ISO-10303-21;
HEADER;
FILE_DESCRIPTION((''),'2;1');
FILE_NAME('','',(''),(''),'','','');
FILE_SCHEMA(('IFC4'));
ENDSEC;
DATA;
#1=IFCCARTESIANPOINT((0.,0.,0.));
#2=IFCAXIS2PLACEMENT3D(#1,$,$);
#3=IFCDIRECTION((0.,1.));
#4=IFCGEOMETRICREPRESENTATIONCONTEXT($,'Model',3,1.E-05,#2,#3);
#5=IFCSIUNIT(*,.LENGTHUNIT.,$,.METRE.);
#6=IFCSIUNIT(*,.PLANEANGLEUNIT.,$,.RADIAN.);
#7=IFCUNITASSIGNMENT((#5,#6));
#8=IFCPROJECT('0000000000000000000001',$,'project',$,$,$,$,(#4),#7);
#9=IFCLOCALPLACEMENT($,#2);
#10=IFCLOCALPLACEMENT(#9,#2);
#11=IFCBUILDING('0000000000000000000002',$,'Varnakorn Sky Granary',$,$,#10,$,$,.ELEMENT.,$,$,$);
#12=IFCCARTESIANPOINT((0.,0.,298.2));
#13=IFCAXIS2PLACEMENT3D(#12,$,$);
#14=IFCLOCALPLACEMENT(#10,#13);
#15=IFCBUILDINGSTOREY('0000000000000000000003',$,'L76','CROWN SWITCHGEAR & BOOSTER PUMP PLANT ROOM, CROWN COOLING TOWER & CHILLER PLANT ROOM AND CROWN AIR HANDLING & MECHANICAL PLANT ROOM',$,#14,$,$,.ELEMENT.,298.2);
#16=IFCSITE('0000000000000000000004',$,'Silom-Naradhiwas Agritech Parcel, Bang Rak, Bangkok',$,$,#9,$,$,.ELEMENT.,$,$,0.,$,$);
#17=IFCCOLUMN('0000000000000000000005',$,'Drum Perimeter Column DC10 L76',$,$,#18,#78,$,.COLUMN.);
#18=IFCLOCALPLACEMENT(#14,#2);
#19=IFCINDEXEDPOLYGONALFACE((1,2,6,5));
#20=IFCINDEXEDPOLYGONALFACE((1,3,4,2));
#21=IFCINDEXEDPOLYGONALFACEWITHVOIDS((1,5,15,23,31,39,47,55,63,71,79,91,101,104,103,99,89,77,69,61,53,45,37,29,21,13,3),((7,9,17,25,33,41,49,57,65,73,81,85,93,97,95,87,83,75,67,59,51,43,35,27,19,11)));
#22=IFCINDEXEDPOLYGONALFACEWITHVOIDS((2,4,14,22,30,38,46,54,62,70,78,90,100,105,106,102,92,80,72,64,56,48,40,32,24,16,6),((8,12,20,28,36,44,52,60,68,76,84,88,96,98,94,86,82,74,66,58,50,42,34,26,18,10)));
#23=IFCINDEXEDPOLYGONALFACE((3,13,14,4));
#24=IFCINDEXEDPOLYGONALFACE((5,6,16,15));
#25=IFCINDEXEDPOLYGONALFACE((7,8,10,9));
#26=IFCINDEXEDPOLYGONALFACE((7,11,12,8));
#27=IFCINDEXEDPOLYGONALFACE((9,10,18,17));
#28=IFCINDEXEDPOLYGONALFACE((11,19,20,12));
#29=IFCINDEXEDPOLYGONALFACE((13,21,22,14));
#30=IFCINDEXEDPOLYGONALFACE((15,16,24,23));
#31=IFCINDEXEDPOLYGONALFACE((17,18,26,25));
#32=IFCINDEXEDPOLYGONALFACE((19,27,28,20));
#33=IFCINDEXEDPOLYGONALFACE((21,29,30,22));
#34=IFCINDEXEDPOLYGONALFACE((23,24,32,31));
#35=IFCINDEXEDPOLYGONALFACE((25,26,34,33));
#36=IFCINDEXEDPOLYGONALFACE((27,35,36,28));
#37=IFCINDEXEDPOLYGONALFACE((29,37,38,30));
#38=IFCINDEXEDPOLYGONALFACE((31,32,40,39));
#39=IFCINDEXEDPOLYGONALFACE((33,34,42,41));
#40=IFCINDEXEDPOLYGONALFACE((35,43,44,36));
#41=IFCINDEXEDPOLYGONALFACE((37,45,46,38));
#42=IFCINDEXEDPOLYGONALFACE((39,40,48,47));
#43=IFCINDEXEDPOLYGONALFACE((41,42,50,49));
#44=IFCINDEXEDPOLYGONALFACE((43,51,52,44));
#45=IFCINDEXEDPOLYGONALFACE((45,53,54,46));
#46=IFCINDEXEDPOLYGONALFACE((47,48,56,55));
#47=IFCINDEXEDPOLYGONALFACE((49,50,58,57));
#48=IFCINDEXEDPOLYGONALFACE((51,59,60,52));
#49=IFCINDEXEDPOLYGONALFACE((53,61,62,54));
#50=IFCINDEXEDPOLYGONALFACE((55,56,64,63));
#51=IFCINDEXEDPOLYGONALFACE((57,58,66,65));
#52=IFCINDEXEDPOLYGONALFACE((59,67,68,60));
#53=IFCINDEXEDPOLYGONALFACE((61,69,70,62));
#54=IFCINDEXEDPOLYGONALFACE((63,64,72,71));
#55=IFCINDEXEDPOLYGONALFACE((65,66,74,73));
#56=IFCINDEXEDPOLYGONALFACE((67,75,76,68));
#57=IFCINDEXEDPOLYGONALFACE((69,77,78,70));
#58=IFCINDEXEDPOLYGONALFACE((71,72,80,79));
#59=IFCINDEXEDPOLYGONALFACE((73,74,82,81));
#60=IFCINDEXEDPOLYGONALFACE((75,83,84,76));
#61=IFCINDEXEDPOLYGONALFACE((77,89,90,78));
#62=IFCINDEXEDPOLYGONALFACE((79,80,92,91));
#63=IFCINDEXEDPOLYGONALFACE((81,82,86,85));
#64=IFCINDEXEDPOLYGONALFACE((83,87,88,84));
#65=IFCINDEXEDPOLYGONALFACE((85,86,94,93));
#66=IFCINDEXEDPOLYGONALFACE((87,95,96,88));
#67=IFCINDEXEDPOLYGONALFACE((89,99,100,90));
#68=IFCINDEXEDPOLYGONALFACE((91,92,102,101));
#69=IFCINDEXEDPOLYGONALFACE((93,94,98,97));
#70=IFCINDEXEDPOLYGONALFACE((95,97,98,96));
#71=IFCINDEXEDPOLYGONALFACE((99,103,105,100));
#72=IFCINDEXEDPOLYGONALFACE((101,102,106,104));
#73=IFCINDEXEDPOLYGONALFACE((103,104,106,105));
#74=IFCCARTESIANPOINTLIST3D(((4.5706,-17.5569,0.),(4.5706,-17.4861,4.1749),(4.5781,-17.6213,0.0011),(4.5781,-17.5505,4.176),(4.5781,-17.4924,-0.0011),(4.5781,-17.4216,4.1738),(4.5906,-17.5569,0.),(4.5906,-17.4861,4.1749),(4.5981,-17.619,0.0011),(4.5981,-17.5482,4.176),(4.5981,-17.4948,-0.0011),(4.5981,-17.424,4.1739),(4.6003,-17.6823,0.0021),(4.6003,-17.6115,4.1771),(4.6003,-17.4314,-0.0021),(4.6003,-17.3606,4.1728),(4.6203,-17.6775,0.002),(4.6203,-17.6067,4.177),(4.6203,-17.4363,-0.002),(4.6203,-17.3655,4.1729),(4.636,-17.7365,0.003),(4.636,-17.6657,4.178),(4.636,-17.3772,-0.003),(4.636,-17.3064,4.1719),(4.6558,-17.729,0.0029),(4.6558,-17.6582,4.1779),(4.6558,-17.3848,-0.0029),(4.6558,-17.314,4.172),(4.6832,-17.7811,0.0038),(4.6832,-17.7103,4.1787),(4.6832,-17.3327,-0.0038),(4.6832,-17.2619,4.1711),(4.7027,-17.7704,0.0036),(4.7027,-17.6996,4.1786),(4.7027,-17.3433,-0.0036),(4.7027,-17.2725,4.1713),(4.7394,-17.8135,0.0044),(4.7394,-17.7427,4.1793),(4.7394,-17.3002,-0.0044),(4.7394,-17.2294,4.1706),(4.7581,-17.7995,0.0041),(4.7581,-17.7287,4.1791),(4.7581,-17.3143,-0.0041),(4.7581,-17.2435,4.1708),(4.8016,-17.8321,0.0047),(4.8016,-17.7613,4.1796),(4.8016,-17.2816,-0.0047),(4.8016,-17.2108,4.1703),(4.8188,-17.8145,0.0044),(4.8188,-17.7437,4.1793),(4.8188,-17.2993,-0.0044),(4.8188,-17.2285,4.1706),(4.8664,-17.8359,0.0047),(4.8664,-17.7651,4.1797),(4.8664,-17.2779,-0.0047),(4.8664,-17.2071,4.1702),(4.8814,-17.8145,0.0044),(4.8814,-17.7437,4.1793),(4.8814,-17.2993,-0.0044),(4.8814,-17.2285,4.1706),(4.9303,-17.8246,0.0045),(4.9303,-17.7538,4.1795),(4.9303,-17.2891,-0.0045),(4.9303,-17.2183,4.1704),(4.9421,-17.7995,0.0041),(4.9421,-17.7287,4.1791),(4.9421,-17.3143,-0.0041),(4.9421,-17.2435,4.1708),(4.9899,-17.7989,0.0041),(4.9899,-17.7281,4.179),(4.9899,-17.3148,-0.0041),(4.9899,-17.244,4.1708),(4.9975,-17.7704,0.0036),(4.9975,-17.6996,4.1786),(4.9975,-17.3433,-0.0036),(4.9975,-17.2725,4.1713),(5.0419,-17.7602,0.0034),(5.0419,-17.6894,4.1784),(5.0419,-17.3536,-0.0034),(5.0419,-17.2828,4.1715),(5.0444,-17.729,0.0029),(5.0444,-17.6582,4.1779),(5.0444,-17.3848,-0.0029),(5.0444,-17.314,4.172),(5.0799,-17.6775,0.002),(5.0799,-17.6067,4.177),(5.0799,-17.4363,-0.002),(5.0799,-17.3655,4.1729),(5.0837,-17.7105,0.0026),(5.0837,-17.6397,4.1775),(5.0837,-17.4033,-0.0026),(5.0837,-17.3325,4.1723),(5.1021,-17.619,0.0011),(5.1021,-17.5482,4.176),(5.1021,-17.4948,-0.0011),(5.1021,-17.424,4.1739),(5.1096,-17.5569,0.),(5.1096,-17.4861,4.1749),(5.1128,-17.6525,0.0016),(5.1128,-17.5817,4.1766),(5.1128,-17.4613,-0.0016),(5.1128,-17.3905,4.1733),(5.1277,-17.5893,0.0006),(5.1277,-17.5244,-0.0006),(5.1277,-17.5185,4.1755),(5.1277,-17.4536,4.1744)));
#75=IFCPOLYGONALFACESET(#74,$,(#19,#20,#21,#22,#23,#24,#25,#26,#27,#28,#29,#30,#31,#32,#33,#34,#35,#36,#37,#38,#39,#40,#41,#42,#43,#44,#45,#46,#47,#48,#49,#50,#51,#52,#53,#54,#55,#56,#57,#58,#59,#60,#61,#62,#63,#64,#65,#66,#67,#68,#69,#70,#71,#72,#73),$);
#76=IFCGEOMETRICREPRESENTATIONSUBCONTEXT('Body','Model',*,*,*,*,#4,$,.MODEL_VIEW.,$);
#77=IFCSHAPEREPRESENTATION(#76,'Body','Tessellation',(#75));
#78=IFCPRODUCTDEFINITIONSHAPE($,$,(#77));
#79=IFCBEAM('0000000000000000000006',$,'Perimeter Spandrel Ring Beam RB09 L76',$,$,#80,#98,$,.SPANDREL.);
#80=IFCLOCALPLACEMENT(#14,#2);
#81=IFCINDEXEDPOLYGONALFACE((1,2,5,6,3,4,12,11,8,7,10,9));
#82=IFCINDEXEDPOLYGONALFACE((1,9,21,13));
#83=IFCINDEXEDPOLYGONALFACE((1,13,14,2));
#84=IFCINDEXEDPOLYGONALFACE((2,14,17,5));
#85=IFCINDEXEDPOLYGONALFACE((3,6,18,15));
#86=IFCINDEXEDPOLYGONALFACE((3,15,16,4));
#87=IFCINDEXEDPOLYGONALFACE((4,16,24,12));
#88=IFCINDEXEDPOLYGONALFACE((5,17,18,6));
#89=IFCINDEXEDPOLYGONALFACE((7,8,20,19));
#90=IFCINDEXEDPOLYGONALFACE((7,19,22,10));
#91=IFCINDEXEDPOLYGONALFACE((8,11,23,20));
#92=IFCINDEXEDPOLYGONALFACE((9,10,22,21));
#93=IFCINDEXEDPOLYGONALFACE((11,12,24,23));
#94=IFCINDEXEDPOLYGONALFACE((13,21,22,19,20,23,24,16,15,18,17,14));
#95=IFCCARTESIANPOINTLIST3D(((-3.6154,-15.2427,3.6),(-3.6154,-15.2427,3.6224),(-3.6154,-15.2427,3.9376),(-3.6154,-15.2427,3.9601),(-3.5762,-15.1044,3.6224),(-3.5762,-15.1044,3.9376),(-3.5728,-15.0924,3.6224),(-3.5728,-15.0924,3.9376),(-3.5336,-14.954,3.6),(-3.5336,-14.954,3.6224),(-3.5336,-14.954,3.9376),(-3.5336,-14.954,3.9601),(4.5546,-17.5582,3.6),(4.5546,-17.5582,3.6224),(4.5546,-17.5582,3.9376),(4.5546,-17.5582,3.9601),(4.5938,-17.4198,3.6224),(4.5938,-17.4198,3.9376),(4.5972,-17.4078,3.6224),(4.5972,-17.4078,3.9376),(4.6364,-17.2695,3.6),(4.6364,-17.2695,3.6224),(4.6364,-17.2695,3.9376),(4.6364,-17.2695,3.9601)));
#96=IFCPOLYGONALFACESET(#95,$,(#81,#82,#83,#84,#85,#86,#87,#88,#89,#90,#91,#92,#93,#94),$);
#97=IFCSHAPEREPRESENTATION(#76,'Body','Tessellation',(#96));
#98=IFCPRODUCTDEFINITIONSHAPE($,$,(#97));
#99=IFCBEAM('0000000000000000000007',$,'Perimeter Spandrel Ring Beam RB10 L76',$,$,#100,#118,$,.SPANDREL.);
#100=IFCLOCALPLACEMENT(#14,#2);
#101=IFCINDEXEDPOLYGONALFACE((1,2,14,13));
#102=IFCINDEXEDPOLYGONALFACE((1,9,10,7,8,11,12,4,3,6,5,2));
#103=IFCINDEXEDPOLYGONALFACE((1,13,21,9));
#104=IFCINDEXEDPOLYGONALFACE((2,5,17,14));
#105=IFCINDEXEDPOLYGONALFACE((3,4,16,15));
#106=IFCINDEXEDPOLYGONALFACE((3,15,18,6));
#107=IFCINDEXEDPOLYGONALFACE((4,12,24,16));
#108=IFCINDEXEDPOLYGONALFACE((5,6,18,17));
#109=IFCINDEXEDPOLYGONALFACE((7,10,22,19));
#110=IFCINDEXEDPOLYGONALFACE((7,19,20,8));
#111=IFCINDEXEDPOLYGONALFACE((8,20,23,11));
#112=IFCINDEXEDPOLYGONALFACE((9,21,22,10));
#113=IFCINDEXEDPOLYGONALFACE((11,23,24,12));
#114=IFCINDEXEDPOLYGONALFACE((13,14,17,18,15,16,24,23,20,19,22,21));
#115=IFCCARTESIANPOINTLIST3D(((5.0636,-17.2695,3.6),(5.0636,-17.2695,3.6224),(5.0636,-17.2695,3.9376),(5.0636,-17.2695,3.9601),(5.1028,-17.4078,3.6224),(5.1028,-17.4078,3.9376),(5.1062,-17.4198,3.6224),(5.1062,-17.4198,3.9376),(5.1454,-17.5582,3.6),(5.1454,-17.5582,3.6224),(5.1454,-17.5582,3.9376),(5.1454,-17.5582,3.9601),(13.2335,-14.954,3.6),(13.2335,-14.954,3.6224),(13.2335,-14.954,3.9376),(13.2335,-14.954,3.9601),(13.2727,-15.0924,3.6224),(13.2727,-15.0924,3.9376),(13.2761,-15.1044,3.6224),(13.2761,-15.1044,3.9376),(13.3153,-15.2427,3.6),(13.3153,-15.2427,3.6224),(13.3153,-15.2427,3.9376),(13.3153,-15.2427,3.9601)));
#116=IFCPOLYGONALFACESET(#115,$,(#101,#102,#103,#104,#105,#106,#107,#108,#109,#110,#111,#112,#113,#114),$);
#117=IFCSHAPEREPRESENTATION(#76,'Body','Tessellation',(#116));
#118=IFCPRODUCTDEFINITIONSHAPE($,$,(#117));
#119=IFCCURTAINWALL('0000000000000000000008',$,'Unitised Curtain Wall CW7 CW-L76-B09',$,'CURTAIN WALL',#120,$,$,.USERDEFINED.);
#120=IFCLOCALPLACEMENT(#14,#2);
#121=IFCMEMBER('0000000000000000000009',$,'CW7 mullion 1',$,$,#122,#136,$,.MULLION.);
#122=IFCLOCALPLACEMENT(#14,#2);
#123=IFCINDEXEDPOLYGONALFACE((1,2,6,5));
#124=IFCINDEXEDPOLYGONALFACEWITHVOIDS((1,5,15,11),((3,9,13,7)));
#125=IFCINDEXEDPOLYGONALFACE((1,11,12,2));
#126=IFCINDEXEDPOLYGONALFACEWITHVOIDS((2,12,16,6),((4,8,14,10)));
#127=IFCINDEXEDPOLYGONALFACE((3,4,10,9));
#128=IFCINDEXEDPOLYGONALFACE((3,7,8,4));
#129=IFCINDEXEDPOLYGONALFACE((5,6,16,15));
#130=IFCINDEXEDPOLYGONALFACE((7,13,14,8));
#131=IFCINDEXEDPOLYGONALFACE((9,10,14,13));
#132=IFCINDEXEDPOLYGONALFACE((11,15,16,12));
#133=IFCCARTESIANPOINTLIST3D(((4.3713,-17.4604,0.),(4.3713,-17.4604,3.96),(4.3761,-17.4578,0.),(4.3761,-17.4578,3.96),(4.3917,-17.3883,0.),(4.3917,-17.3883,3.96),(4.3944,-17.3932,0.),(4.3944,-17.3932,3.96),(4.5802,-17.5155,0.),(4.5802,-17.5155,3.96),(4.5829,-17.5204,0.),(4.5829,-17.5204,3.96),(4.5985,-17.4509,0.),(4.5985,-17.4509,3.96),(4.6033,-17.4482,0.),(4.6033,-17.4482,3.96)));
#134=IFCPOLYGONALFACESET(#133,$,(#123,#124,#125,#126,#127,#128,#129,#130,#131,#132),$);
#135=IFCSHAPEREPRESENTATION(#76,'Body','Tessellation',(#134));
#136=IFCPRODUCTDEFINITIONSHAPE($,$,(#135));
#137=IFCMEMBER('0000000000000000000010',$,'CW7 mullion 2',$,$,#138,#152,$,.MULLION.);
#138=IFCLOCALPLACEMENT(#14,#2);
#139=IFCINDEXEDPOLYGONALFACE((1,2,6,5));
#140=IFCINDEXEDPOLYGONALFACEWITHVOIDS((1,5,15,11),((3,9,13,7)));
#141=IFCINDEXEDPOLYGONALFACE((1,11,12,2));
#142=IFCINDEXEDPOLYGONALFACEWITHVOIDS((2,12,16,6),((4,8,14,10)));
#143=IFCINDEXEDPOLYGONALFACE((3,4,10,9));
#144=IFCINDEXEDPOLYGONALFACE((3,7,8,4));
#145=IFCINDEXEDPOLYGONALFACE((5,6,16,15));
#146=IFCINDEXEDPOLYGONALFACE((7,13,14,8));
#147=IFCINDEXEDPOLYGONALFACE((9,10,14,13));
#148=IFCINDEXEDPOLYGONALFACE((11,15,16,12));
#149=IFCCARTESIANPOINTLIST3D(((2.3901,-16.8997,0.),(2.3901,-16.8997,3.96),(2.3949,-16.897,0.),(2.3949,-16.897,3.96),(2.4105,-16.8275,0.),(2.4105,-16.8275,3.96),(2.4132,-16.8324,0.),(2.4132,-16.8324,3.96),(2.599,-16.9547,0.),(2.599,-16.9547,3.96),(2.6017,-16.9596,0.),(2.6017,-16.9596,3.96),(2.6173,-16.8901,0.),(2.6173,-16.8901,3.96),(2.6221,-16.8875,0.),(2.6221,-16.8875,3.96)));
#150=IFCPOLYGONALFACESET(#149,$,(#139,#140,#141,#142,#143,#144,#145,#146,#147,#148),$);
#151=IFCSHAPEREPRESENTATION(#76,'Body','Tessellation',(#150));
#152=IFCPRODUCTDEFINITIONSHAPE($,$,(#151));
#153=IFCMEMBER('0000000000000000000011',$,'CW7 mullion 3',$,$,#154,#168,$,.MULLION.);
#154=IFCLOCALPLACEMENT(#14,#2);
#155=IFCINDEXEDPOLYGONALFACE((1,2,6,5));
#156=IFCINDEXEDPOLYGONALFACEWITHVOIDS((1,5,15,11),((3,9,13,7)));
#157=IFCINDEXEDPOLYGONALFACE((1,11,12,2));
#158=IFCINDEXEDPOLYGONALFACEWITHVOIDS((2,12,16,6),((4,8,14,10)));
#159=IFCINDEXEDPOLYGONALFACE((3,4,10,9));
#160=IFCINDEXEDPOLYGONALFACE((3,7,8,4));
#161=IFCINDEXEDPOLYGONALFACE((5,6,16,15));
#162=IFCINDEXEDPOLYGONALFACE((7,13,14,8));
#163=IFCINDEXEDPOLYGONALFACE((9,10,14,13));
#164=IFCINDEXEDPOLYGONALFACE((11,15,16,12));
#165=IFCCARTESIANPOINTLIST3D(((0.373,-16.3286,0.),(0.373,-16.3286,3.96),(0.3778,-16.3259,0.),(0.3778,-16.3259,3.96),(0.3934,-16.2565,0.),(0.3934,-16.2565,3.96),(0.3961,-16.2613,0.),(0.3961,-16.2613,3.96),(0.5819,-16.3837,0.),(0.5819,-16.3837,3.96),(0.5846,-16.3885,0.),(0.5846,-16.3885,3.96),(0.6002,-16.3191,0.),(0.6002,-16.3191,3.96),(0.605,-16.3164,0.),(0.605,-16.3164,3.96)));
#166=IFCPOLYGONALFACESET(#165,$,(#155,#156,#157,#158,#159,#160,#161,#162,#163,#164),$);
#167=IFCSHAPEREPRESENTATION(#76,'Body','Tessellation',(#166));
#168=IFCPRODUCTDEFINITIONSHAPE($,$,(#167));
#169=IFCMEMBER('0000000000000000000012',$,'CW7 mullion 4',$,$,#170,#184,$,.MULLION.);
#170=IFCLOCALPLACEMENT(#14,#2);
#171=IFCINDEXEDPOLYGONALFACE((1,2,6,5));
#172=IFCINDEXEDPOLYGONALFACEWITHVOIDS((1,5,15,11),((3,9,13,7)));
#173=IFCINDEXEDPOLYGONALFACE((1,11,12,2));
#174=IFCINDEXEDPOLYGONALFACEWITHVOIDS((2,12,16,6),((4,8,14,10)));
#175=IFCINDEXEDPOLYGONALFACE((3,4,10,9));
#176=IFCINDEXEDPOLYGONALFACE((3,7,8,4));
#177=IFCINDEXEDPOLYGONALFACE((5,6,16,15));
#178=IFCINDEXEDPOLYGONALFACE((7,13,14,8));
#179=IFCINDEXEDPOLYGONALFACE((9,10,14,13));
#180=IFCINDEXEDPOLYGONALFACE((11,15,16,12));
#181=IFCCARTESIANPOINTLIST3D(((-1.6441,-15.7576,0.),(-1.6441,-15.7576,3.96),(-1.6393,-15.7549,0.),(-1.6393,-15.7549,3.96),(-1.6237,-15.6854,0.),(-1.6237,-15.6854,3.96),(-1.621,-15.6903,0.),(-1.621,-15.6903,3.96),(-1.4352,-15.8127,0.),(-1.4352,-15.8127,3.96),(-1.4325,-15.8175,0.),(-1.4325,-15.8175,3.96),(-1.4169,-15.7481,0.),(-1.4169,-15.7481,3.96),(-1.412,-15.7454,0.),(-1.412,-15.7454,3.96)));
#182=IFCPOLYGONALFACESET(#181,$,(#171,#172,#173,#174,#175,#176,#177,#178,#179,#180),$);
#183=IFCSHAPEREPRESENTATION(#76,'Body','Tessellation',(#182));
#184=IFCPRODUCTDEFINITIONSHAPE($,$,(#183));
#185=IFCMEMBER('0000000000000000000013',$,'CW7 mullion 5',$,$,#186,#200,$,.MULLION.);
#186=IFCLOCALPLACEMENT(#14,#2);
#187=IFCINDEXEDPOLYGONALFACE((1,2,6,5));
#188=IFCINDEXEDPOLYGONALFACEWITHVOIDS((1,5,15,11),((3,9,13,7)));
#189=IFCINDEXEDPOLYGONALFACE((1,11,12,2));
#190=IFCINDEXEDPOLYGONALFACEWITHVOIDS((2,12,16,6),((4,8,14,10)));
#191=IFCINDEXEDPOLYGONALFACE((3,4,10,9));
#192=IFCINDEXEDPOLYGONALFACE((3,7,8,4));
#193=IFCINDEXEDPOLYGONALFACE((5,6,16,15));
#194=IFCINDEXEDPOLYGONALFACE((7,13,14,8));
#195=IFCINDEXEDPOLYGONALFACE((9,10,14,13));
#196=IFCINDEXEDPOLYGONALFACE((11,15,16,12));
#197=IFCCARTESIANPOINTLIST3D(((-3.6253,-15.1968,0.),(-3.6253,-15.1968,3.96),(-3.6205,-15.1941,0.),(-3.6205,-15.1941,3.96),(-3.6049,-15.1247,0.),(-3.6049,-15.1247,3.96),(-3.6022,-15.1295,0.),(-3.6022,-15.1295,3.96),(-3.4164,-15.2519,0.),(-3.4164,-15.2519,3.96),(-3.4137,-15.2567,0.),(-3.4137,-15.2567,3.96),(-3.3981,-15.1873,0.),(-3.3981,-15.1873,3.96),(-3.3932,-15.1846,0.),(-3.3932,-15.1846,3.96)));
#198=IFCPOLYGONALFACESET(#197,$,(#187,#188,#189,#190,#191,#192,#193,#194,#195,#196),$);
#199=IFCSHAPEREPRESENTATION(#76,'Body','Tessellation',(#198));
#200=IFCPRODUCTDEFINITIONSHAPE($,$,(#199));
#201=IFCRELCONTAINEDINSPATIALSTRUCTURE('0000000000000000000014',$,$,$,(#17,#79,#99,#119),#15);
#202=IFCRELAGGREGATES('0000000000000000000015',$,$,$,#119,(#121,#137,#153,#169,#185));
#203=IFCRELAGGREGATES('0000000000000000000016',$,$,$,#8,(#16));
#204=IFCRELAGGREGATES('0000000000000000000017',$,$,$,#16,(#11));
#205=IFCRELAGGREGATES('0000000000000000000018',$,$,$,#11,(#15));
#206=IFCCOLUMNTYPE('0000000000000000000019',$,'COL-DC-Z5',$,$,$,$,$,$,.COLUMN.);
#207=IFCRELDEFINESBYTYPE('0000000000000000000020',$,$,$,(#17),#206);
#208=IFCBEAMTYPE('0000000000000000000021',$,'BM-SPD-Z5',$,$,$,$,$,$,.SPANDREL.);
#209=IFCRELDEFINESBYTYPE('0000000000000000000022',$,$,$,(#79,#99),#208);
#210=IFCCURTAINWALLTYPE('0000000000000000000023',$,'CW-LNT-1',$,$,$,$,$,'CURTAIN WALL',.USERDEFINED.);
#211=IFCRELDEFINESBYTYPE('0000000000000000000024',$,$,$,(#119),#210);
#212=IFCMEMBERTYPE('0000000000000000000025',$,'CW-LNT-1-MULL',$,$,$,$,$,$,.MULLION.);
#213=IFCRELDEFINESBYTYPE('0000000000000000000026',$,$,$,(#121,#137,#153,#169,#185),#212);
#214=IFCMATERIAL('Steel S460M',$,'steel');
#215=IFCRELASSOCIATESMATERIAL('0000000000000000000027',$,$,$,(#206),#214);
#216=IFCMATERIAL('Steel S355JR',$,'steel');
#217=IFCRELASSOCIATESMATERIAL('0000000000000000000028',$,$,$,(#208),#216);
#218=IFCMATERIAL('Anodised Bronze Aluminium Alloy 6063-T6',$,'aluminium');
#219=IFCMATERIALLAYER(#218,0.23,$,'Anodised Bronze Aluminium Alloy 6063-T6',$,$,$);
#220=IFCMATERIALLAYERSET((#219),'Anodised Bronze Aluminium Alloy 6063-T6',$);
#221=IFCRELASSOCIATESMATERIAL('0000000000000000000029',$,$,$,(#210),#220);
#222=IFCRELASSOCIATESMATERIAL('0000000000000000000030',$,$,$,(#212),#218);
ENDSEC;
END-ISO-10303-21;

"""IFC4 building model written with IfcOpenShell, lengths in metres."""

from ifc_helpers import new_model, si_unit, direction, frame, origin, origin_2d, place, context, subcontext, project, spatial, hollow_rectangle, hollow_circle, i_section, extrude, material, layer, layer_set, material_profile, profile_set, type_object, element, aggregate, save


model = new_model("IFC4")

# Units and contexts
model_context = context("Model", 3, precision=1e-05, world=origin(), true_north=direction((0.0, 1.0)))
body_context = subcontext(model_context, "Body", "Model", "MODEL_VIEW")
ifc_project = project(units=[si_unit("LENGTHUNIT", "METRE"), si_unit("PLANEANGLEUNIT", "RADIAN")], contexts=[model_context])

# Site, building, storey
site_placement = place(None, origin())
site = spatial("IfcSite", under=ifc_project, at=site_placement, Name="Silom-Naradhiwas Agritech Parcel, Bang Rak, Bangkok", CompositionType="ELEMENT", RefElevation=0.0)
building_placement = place(site_placement, origin())
building = spatial("IfcBuilding", under=site, at=building_placement, Name="Varnakorn Sky Granary", CompositionType="ELEMENT")
storey_placement = place(building_placement, frame((0.0, 0.0, 298.2)))
storey = spatial("IfcBuildingStorey", under=building, at=storey_placement, Name="L76", Description="CROWN SWITCHGEAR & BOOSTER PUMP PLANT ROOM, CROWN COOLING TOWER & CHILLER PLANT ROOM AND CROWN AIR HANDLING & MECHANICAL PLANT ROOM", CompositionType="ELEMENT", Elevation=298.2)

# Column
ifc_material_1 = material(Name="Steel S460M", Category="steel")
ifc_material_profile_1 = material_profile(ifc_material_1, hollow_circle(Radius=0.2795, WallThickness=0.02, at=origin_2d()), Name="CHS 559x20")
ifc_profile_set_1 = profile_set([ifc_material_profile_1], Name="Steel S460M")
column_type = type_object("IfcColumnType", Name="COL-DC-Z5", PredefinedType="COLUMN", material=ifc_profile_set_1)
column_placement = place(storey_placement, frame((4.8501, -17.5569, 0.0), z_axis=(0.0, 0.016956, 0.999856), x_axis=(-1.0, 0.0, 0.0)))
element("IfcColumn", 1, at=column_placement, inside=storey, type_object=column_type, Name="Drum Perimeter Column DC10 L76", PredefinedType="COLUMN", context=body_context, shape_type="SweptSolid", body=[
    extrude(hollow_circle(Radius=0.2795, WallThickness=0.02, at=origin_2d()), origin(), (0.0, 0.0, 1.0), 4.1755),
])

# Beams
ifc_material_2 = material(Name="Steel S355JR", Category="steel")
ifc_material_profile_2 = material_profile(ifc_material_2, i_section(OverallWidth=0.3, OverallDepth=0.3601, WebThickness=0.0125, FlangeThickness=0.0225, at=origin_2d()), Name="HE 360 B")
ifc_profile_set_2 = profile_set([ifc_material_profile_2], Name="Steel S355JR")
beam_type = type_object("IfcBeamType", Name="BM-SPD-Z5", PredefinedType="SPANDREL", material=ifc_profile_set_2)
for number, where, z_axis, x_axis, name in (
    (2, (-3.5745, -15.0984, 3.78), (0.962108, -0.27267, 0.0), (0.27267, 0.962108, 0.0), "Perimeter Spandrel Ring Beam RB09 L76"),
    (3, (5.1045, -17.4138, 3.78), (0.962108, 0.27267, 0.0), (-0.27267, 0.962108, 0.0), "Perimeter Spandrel Ring Beam RB10 L76"),
):
    element("IfcBeam", number, at=place(storey_placement, frame(where, z_axis=z_axis, x_axis=x_axis)), inside=storey, type_object=beam_type, Name=name, PredefinedType="SPANDREL", context=body_context, shape_type="SweptSolid", body=[
        extrude(i_section(OverallWidth=0.3, OverallDepth=0.3601, WebThickness=0.0125, FlangeThickness=0.0225, at=origin_2d()), origin(), (0.0, 0.0, 1.0), 8.4917),
    ])

# Curtain wall, members
ifc_material_3 = material(Name="Anodised Bronze Aluminium Alloy 6063-T6", Category="aluminium")
ifc_layer_1 = layer(ifc_material_3, 0.23, Name="Anodised Bronze Aluminium Alloy 6063-T6")
ifc_layer_set_1 = layer_set([ifc_layer_1], Name="Anodised Bronze Aluminium Alloy 6063-T6")
curtain_wall_type = type_object("IfcCurtainWallType", Name="CW-LNT-1", ElementType="CURTAIN WALL", PredefinedType="USERDEFINED", material=ifc_layer_set_1)
curtain_wall_1_placement = place(storey_placement, origin())
curtain_wall_1 = element("IfcCurtainWall", 4, at=curtain_wall_1_placement, inside=storey, type_object=curtain_wall_type, Name="Unitised Curtain Wall CW7 CW-L76-B09", ObjectType="CURTAIN WALL", PredefinedType="USERDEFINED")
ifc_material_profile_3 = material_profile(ifc_material_3, hollow_rectangle(XDim=0.075, YDim=0.22, WallThickness=0.0039, at=origin_2d()), Name="ALU MULL 75x220")
ifc_profile_set_3 = profile_set([ifc_material_profile_3], Name="Anodised Bronze Aluminium Alloy 6063-T6")
member_type_1 = type_object("IfcMemberType", Name="CW-LNT-1-MULL", PredefinedType="MULLION", material=ifc_profile_set_3)
member_1_placement = place(storey_placement, frame((4.4873, -17.4543, 0.0), z_axis=(0.0, 0.0, 1.0), x_axis=(-0.272381, -0.962189, 0.0)))
member_1 = element("IfcMember", 5, at=member_1_placement, type_object=member_type_1, Name="CW7 mullion 1", PredefinedType="MULLION", context=body_context, shape_type="SweptSolid", body=[
    extrude(hollow_rectangle(XDim=0.075, YDim=0.22, WallThickness=0.0039, at=origin_2d()), origin(), (0.0, 0.0, 1.0), 3.96),
])
member_2_placement = place(storey_placement, frame((2.5061, -16.8936, 0.0), z_axis=(0.0, 0.0, 1.0), x_axis=(-0.272381, -0.962189, 0.0)))
member_2 = element("IfcMember", 6, at=member_2_placement, type_object=member_type_1, Name="CW7 mullion 2", PredefinedType="MULLION", context=body_context, shape_type="SweptSolid", body=[
    extrude(hollow_rectangle(XDim=0.075, YDim=0.22, WallThickness=0.0039, at=origin_2d()), origin(), (0.0, 0.0, 1.0), 3.96),
])
member_3_placement = place(storey_placement, frame((0.489, -16.3225, 0.0), z_axis=(0.0, 0.0, 1.0), x_axis=(-0.272381, -0.962189, 0.0)))
member_3 = element("IfcMember", 7, at=member_3_placement, type_object=member_type_1, Name="CW7 mullion 3", PredefinedType="MULLION", context=body_context, shape_type="SweptSolid", body=[
    extrude(hollow_rectangle(XDim=0.075, YDim=0.22, WallThickness=0.0039, at=origin_2d()), origin(), (0.0, 0.0, 1.0), 3.96),
])
member_4_placement = place(storey_placement, frame((-1.5281, -15.7515, 0.0), z_axis=(0.0, 0.0, 1.0), x_axis=(-0.272381, -0.962189, 0.0)))
member_4 = element("IfcMember", 8, at=member_4_placement, type_object=member_type_1, Name="CW7 mullion 4", PredefinedType="MULLION", context=body_context, shape_type="SweptSolid", body=[
    extrude(hollow_rectangle(XDim=0.075, YDim=0.22, WallThickness=0.0039, at=origin_2d()), origin(), (0.0, 0.0, 1.0), 3.96),
])
member_5_placement = place(storey_placement, frame((-3.5093, -15.1907, 0.0), z_axis=(0.0, 0.0, 1.0), x_axis=(-0.272381, -0.962189, 0.0)))
member_5 = element("IfcMember", 9, at=member_5_placement, type_object=member_type_1, Name="CW7 mullion 5", PredefinedType="MULLION", context=body_context, shape_type="SweptSolid", body=[
    extrude(hollow_rectangle(XDim=0.075, YDim=0.22, WallThickness=0.0039, at=origin_2d()), origin(), (0.0, 0.0, 1.0), 3.96),
])

aggregate(curtain_wall_1, [member_1, member_2, member_3, member_4, member_5])

save(model, "model.ifc")
